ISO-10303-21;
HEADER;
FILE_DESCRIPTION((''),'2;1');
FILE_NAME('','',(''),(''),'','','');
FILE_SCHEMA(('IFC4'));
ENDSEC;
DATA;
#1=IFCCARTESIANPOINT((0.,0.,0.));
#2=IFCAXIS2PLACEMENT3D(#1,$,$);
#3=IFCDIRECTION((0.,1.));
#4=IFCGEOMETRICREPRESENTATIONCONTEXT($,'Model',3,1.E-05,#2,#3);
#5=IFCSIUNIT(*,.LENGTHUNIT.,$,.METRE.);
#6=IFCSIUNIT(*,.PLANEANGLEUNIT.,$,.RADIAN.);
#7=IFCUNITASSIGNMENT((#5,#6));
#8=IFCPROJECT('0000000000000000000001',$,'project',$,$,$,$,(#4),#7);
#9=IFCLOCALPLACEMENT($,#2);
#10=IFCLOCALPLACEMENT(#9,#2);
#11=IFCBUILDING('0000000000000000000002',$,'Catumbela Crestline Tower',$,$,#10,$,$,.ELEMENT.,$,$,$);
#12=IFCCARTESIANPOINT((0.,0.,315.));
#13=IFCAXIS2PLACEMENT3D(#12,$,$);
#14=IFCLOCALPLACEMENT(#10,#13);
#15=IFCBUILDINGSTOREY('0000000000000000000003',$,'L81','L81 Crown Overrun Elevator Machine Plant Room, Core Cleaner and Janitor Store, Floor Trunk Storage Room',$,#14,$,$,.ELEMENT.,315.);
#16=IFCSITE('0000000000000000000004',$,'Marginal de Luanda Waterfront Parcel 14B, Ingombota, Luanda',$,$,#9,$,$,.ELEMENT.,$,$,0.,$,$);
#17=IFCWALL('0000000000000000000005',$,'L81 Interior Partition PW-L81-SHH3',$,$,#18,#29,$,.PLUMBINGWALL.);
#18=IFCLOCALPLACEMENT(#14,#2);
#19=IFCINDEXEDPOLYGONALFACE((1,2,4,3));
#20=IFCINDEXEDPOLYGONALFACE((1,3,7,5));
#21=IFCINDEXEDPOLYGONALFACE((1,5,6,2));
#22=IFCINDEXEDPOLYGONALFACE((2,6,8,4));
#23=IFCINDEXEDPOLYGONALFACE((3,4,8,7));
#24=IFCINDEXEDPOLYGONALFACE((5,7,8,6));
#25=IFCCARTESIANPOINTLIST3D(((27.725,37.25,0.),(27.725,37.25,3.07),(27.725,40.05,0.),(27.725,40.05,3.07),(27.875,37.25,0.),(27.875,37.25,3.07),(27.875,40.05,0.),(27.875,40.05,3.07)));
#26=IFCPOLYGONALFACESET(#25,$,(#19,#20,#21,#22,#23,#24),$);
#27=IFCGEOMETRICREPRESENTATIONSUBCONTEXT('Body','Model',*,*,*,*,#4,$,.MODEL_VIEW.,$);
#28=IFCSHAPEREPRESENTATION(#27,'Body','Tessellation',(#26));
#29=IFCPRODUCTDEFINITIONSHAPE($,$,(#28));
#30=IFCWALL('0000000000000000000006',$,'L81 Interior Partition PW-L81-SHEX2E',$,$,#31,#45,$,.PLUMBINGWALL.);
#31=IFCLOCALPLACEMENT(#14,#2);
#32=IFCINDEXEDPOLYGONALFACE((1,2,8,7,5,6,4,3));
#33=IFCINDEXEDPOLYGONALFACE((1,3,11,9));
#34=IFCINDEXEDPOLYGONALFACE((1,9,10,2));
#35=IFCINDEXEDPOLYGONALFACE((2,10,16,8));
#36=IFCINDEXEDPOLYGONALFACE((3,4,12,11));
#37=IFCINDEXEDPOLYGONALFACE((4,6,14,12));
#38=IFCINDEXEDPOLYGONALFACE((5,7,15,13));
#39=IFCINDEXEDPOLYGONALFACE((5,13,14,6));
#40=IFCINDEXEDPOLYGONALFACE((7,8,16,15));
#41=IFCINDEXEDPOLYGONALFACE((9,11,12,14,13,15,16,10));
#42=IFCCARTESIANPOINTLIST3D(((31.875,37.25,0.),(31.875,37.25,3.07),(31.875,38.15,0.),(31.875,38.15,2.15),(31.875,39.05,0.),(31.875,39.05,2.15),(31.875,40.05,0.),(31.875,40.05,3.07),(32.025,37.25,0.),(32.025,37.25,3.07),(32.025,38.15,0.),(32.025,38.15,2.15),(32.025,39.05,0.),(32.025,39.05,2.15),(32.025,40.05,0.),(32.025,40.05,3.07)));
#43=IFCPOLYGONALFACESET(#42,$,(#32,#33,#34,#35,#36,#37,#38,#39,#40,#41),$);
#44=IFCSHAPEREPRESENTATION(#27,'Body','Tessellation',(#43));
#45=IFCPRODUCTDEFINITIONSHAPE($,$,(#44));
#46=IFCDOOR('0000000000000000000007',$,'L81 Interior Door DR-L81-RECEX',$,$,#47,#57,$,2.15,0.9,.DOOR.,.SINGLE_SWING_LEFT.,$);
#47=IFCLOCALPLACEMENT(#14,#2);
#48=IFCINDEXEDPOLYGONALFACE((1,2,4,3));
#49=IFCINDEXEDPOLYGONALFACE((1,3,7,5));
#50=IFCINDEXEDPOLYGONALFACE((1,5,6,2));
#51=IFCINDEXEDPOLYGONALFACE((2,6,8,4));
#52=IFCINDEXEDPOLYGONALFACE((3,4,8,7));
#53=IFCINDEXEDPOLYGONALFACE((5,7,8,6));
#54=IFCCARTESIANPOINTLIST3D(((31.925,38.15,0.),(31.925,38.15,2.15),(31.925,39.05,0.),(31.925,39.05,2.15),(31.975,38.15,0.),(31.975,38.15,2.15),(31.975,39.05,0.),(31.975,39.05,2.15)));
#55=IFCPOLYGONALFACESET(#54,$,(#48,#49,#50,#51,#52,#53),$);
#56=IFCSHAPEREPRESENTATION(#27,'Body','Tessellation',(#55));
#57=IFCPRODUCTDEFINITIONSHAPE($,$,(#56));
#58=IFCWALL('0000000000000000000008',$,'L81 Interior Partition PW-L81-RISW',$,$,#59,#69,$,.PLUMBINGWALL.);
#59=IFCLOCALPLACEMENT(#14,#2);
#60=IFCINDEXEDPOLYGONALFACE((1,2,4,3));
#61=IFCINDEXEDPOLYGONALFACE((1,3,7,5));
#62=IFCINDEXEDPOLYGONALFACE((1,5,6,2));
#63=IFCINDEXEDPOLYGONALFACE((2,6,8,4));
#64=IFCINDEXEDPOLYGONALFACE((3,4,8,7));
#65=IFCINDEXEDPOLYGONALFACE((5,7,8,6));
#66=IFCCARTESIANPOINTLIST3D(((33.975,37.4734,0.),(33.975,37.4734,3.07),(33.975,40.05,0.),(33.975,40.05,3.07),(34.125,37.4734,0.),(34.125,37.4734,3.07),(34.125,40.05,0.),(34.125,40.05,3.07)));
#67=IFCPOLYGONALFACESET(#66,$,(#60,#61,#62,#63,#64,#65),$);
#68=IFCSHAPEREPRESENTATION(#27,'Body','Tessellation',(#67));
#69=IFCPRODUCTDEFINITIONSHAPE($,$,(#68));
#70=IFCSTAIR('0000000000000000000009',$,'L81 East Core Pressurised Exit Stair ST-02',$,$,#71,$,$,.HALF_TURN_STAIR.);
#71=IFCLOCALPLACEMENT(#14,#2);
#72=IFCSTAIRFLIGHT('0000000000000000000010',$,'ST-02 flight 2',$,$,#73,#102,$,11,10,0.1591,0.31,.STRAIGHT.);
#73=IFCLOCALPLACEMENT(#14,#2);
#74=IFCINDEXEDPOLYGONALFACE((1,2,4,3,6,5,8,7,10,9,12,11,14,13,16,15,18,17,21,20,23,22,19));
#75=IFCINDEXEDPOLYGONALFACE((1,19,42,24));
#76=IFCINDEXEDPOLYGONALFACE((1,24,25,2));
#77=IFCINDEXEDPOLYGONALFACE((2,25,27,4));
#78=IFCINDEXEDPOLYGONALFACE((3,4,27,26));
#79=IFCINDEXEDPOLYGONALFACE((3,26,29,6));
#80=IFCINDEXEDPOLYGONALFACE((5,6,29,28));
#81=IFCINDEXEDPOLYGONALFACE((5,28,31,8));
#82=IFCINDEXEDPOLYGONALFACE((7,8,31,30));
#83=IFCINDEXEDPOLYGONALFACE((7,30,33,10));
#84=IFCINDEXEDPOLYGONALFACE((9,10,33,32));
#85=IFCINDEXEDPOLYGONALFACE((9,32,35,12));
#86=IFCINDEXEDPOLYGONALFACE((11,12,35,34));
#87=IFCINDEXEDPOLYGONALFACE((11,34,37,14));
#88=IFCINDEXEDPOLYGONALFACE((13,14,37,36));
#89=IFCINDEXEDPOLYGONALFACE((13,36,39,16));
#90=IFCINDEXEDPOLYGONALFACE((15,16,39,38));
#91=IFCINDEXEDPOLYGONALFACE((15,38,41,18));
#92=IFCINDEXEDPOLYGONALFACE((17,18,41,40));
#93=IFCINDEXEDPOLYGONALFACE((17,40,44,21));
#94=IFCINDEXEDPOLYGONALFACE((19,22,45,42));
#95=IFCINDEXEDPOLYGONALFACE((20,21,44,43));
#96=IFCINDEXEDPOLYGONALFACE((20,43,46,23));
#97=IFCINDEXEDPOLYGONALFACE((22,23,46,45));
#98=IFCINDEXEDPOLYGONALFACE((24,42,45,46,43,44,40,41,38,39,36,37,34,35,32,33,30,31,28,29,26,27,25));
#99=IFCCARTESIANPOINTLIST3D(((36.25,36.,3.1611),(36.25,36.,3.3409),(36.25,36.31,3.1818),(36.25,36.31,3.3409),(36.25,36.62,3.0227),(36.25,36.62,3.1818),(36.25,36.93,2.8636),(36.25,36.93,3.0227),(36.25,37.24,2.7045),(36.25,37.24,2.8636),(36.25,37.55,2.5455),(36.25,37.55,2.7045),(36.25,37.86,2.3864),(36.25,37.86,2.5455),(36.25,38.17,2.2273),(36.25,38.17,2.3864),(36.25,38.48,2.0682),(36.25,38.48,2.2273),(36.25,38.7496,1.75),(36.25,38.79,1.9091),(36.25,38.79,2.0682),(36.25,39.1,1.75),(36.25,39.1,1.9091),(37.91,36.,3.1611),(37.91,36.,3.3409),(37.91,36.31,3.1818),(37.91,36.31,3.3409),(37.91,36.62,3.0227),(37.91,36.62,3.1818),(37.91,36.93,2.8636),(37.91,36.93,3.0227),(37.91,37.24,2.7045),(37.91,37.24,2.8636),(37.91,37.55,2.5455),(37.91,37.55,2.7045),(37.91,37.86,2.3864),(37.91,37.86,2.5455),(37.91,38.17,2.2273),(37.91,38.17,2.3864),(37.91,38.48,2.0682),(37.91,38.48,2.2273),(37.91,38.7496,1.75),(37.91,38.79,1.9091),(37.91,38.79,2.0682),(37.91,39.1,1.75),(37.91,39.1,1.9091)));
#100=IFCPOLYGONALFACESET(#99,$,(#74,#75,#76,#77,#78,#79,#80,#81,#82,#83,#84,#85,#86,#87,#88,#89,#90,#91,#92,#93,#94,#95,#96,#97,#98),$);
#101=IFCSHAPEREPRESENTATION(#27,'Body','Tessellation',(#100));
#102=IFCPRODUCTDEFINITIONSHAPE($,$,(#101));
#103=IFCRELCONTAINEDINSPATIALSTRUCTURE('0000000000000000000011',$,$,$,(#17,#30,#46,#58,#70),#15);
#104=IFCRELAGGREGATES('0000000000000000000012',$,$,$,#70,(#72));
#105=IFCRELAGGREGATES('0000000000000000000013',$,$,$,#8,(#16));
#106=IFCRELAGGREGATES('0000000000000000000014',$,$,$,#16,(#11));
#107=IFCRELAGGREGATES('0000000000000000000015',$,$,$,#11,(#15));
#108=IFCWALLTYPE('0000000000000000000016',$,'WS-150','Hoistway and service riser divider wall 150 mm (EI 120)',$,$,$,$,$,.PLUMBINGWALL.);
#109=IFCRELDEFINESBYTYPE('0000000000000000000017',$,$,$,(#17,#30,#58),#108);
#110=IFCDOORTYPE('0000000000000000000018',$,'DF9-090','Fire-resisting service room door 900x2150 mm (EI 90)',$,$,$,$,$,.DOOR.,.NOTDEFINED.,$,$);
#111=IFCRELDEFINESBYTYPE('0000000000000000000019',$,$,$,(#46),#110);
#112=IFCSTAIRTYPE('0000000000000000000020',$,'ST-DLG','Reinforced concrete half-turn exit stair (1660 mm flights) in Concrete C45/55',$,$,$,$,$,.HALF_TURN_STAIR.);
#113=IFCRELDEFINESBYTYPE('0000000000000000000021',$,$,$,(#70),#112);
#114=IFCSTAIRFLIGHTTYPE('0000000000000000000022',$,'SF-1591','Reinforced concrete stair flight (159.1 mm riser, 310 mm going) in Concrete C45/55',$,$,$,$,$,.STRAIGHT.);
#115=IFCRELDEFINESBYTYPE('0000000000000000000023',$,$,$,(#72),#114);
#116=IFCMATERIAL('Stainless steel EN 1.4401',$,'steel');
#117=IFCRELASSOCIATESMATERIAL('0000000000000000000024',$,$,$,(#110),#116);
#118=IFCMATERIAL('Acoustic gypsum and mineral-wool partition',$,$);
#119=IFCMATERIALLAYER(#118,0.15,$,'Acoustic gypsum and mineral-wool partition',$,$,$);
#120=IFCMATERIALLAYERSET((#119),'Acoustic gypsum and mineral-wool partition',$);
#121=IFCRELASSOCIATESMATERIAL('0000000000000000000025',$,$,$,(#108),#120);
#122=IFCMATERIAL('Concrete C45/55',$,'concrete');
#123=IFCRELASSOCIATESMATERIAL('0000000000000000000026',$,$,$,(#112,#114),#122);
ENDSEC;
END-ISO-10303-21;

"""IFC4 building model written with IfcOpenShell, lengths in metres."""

from ifc_helpers import new_model, si_unit, direction, frame, frame_2d, origin, place, context, subcontext, project, spatial, polyline, rectangle, outline, extrude, material, layer, layer_set, type_object, element, fill, aggregate, save


model = new_model("IFC4")

# Units and contexts
model_context = context("Model", 3, precision=1e-05, world=origin(), true_north=direction((0.0, 1.0)))
body_context = subcontext(model_context, "Body", "Model", "MODEL_VIEW")
ifc_project = project(units=[si_unit("LENGTHUNIT", "METRE"), si_unit("PLANEANGLEUNIT", "RADIAN")], contexts=[model_context])

# Site, building, storey
site_placement = place(None, origin())
site = spatial("IfcSite", under=ifc_project, at=site_placement, Name="Marginal de Luanda Waterfront Parcel 14B, Ingombota, Luanda", CompositionType="ELEMENT", RefElevation=0.0)
building_placement = place(site_placement, origin())
building = spatial("IfcBuilding", under=site, at=building_placement, Name="Catumbela Crestline Tower", CompositionType="ELEMENT")
storey_placement = place(building_placement, frame((0.0, 0.0, 315.0)))
storey = spatial("IfcBuildingStorey", under=building, at=storey_placement, Name="L81", Description="L81 Crown Overrun Elevator Machine Plant Room, Core Cleaner and Janitor Store, Floor Trunk Storage Room", CompositionType="ELEMENT", Elevation=315.0)

# Shared definitions
ifc_material_1 = material(Name="Stainless steel EN 1.4401", Category="steel")

# Shared definitions
ifc_material_2 = material(Name="Acoustic gypsum and mineral-wool partition")

# Shared definitions
door_type_1 = type_object("IfcDoorType", Name="DF9-090", Description="Fire-resisting service room door 900x2150 mm (EI 90)", OperationType="NOTDEFINED", PredefinedType="DOOR", material=ifc_material_1)

# Wall
ifc_layer_1 = layer(ifc_material_2, 0.15, Name="Acoustic gypsum and mineral-wool partition")
ifc_layer_set_1 = layer_set([ifc_layer_1], Name="Acoustic gypsum and mineral-wool partition")
wall_type_1 = type_object("IfcWallType", Name="WS-150", Description="Hoistway and service riser divider wall 150 mm (EI 120)", PredefinedType="PLUMBINGWALL", material=ifc_layer_set_1)
wall_1_placement = place(storey_placement, frame((27.8, 37.25, 0.0), z_axis=(0.0, 0.0, 1.0), x_axis=(0.0, 1.0, 0.0)))
element("IfcWall", 1, at=wall_1_placement, inside=storey, type_object=wall_type_1, Name="L81 Interior Partition PW-L81-SHH3", PredefinedType="PLUMBINGWALL", context=body_context, shape_type="SweptSolid", body=[
    extrude(rectangle(XDim=2.8, YDim=0.15, at=frame_2d((1.4, 0.0))), origin(), (0.0, 0.0, 1.0), 3.07),
])

# Wall, opening, door
wall_2_placement = place(storey_placement, frame((31.95, 37.25, 0.0), z_axis=(0.0, 0.0, 1.0), x_axis=(0.0, 1.0, 0.0)))
wall_2 = element("IfcWall", 2, at=wall_2_placement, inside=storey, type_object=wall_type_1, Name="L81 Interior Partition PW-L81-SHEX2E", PredefinedType="PLUMBINGWALL", context=body_context, shape_type="SweptSolid", body=[
    extrude(rectangle(XDim=2.8, YDim=0.15, at=frame_2d((1.4, 0.0))), origin(), (0.0, 0.0, 1.0), 3.07),
])
opening_1_placement = place(wall_2_placement, frame((0.9, 0.0, 0.0)))
opening_1 = element("IfcOpeningElement", 3, at=opening_1_placement, cuts=wall_2, PredefinedType="OPENING", context=body_context, shape_type="SweptSolid", body=[
    extrude(rectangle(XDim=0.9, YDim=2.15, at=frame_2d((0.45, 1.075))), frame((0.0, 0.085, 0.0), z_axis=(0.0, -1.0, 0.0), x_axis=(1.0, 0.0, 0.0)), (0.0, 0.0, 1.0), 0.17),
])
door_1_placement = place(opening_1_placement, origin())
door_1 = element("IfcDoor", 4, at=door_1_placement, inside=storey, type_object=door_type_1, Name="L81 Interior Door DR-L81-RECEX", OperationType="SINGLE_SWING_LEFT", OverallHeight=2.15, OverallWidth=0.9, PredefinedType="DOOR", context=body_context, shape_type="SweptSolid", body=[
    extrude(rectangle(XDim=0.9, YDim=2.15, at=frame_2d((0.45, 1.075))), frame((0.0, 0.025, 0.0), z_axis=(0.0, -1.0, 0.0), x_axis=(1.0, 0.0, 0.0)), (0.0, 0.0, 1.0), 0.05),
])
fill(opening_1, door_1)

# Wall
wall_3_placement = place(storey_placement, frame((34.05, 37.4734, 0.0), z_axis=(0.0, 0.0, 1.0), x_axis=(0.0, 1.0, 0.0)))
element("IfcWall", 5, at=wall_3_placement, inside=storey, type_object=wall_type_1, Name="L81 Interior Partition PW-L81-RISW", PredefinedType="PLUMBINGWALL", context=body_context, shape_type="SweptSolid", body=[
    extrude(rectangle(XDim=2.5766, YDim=0.15, at=frame_2d((1.2883, 0.0))), origin(), (0.0, 0.0, 1.0), 3.07),
])

# Stair, stair flight
ifc_material_3 = material(Name="Concrete C45/55", Category="concrete")
stair_type = type_object("IfcStairType", Name="ST-DLG", Description="Reinforced concrete half-turn exit stair (1660 mm flights) in Concrete C45/55", PredefinedType="HALF_TURN_STAIR", material=ifc_material_3)
stair_placement = place(storey_placement, origin())
stair = element("IfcStair", 6, at=stair_placement, inside=storey, type_object=stair_type, Name="L81 East Core Pressurised Exit Stair ST-02", PredefinedType="HALF_TURN_STAIR")
stair_flight_type = type_object("IfcStairFlightType", Name="SF-1591", Description="Reinforced concrete stair flight (159.1 mm riser, 310 mm going) in Concrete C45/55", PredefinedType="STRAIGHT", material=ifc_material_3)
stair_flight_placement = place(storey_placement, frame((37.08, 39.1, 1.75), z_axis=(0.0, 0.0, 1.0), x_axis=(0.0, -1.0, 0.0)))
stair_flight = element("IfcStairFlight", 7, at=stair_flight_placement, type_object=stair_flight_type, Name="ST-02 flight 2", NumberOfRisers=11, NumberOfTreads=10, PredefinedType="STRAIGHT", RiserHeight=0.1591, TreadLength=0.31, context=body_context, shape_type="SweptSolid", body=[
    extrude(outline(polyline([(0.0, 0.0), (0.0, 0.1591), (0.31, 0.1591), (0.31, 0.3182), (0.62, 0.3182), (0.62, 0.4773), (0.93, 0.4773), (0.93, 0.6364), (1.24, 0.6364), (1.24, 0.7955), (1.55, 0.7955), (1.55, 0.9545), (1.86, 0.9545), (1.86, 1.1136), (2.17, 1.1136), (2.17, 1.2727), (2.48, 1.2727), (2.48, 1.4318), (2.79, 1.4318), (2.79, 1.5909), (3.1, 1.5909), (3.1, 1.75), (3.1, 1.4111), (0.3504, 0.0), (0.0, 0.0)])), frame((0.0, 0.83, 0.0), z_axis=(0.0, -1.0, 0.0), x_axis=(1.0, 0.0, 0.0)), (0.0, 0.0, 1.0), 1.66),
])
aggregate(stair, [stair_flight])

save(model, "model.ifc")
